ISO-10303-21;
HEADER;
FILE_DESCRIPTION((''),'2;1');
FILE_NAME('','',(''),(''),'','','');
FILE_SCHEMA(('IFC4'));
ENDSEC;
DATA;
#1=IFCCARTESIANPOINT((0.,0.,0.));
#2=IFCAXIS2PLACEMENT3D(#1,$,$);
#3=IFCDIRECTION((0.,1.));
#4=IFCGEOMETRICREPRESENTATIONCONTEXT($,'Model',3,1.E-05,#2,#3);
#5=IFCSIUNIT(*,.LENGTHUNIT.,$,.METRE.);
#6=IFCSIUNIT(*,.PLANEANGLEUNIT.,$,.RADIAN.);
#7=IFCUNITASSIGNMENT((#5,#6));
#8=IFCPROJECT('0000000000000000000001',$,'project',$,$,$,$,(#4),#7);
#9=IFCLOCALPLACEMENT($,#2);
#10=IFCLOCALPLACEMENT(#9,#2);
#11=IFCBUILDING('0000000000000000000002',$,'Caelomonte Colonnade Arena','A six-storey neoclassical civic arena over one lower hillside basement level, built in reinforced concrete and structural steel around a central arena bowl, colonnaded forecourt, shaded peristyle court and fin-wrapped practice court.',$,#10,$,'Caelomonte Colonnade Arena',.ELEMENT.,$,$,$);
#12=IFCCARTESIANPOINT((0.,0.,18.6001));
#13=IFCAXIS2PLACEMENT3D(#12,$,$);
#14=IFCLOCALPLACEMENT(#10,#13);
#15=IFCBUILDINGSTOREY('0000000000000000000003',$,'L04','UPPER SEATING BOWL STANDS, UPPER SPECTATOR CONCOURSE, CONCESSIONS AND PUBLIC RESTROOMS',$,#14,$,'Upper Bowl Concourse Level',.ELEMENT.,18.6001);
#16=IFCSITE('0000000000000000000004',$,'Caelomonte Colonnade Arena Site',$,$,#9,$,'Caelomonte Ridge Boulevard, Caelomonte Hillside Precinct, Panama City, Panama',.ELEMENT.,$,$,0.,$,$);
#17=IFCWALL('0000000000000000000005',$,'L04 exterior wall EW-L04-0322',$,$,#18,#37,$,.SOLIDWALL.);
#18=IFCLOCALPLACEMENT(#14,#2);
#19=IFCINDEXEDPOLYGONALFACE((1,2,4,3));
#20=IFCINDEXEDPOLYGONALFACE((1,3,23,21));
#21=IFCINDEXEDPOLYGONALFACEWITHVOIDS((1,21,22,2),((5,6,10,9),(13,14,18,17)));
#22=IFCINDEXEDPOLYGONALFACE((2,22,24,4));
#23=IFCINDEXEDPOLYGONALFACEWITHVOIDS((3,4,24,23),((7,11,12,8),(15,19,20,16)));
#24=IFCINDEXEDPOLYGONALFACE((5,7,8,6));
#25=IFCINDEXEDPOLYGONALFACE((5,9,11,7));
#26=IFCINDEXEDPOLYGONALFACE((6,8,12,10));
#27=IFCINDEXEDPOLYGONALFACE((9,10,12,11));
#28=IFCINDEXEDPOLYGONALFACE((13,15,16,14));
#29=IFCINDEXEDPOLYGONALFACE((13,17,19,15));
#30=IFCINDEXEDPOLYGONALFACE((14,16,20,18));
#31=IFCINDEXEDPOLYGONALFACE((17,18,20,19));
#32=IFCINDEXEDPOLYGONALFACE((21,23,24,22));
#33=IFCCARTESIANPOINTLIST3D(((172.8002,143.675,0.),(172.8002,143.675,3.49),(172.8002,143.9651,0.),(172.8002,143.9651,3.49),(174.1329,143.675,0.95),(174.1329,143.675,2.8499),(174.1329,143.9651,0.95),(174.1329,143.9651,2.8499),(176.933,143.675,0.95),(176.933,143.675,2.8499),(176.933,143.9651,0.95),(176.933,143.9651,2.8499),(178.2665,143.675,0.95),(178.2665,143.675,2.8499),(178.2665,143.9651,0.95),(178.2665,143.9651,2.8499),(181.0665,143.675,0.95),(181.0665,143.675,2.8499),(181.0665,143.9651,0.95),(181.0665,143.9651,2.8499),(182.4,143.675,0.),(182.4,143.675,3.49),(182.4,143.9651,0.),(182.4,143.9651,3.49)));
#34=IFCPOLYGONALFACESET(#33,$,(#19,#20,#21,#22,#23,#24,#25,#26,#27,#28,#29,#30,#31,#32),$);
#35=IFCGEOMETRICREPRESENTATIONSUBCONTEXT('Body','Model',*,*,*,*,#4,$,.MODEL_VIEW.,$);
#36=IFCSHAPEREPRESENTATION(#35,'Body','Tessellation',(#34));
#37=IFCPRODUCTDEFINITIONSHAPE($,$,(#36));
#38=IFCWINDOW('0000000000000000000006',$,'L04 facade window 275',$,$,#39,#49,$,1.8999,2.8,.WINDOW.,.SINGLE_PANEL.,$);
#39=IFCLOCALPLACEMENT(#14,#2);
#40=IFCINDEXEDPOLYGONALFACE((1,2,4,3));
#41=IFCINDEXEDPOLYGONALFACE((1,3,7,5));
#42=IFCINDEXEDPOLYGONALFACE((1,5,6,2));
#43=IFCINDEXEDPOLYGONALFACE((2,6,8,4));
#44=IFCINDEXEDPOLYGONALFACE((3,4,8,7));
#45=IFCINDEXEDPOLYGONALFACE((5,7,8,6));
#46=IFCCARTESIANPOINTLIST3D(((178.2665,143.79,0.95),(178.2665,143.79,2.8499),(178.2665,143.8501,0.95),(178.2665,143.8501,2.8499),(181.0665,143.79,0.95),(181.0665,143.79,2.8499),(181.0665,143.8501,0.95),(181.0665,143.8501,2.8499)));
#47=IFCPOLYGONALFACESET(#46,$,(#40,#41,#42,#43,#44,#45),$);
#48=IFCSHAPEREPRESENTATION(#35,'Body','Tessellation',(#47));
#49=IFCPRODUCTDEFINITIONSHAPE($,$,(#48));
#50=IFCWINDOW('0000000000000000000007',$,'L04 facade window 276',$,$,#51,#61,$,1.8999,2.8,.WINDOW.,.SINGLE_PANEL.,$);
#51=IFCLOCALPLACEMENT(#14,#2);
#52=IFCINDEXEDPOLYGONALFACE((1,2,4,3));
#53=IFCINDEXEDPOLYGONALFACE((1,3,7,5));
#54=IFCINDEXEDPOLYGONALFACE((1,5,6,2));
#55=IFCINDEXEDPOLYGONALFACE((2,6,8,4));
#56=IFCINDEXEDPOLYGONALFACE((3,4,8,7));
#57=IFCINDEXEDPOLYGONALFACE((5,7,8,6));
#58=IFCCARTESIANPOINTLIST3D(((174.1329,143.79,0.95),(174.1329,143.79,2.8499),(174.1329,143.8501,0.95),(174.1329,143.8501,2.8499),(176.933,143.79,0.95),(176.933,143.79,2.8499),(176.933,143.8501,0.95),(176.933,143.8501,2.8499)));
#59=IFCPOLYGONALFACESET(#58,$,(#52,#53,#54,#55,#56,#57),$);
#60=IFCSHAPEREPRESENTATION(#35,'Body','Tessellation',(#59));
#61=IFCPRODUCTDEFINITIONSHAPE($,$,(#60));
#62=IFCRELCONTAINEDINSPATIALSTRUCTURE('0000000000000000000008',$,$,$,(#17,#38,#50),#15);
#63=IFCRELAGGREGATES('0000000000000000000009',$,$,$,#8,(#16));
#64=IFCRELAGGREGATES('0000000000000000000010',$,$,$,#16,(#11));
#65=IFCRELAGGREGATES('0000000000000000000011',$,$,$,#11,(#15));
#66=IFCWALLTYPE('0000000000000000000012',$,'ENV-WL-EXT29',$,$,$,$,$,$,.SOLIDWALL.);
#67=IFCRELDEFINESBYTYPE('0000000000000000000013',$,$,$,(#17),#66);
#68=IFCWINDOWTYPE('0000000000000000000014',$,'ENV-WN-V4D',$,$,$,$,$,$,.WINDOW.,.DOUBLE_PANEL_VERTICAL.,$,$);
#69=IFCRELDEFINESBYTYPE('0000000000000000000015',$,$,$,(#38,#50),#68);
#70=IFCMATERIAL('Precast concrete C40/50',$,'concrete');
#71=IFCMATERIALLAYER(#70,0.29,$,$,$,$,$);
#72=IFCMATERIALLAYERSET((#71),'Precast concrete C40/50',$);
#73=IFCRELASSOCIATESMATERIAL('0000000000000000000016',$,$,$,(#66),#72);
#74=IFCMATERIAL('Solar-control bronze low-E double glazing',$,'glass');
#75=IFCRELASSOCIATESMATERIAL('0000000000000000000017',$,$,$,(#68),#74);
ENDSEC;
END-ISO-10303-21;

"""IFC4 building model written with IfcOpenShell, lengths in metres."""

from ifc_helpers import new_model, si_unit, direction, frame, frame_2d, origin, place, context, subcontext, project, spatial, rectangle, extrude, material, layer, layer_set, type_object, element, fill, save


model = new_model("IFC4")

# Units and contexts
model_context = context("Model", 3, precision=1e-05, world=origin(), true_north=direction((0.0, 1.0)))
body_context = subcontext(model_context, "Body", "Model", "MODEL_VIEW")
ifc_project = project(units=[si_unit("LENGTHUNIT", "METRE"), si_unit("PLANEANGLEUNIT", "RADIAN")], contexts=[model_context])

# Site, building, storey
site_placement = place(None, origin())
site = spatial("IfcSite", under=ifc_project, at=site_placement, Name="Caelomonte Colonnade Arena Site", LongName="Caelomonte Ridge Boulevard, Caelomonte Hillside Precinct, Panama City, Panama", CompositionType="ELEMENT", RefElevation=0.0)
building_placement = place(site_placement, origin())
building = spatial("IfcBuilding", under=site, at=building_placement, Name="Caelomonte Colonnade Arena", Description="A six-storey neoclassical civic arena over one lower hillside basement level, built in reinforced concrete and structural steel around a central arena bowl, colonnaded forecourt, shaded peristyle court and fin-wrapped practice court.", LongName="Caelomonte Colonnade Arena", CompositionType="ELEMENT")
storey_placement = place(building_placement, frame((0.0, 0.0, 18.6001)))
storey = spatial("IfcBuildingStorey", under=building, at=storey_placement, Name="L04", Description="UPPER SEATING BOWL STANDS, UPPER SPECTATOR CONCOURSE, CONCESSIONS AND PUBLIC RESTROOMS", LongName="Upper Bowl Concourse Level", CompositionType="ELEMENT", Elevation=18.6001)

# Wall, openings, windows
ifc_material_1 = material(Name="Precast concrete C40/50", Category="concrete")
ifc_layer = layer(ifc_material_1, 0.29)
ifc_layer_set = layer_set([ifc_layer], Name="Precast concrete C40/50")
wall_type = type_object("IfcWallType", Name="ENV-WL-EXT29", PredefinedType="SOLIDWALL", material=ifc_layer_set)
ifc_material_2 = material(Name="Solar-control bronze low-E double glazing", Category="glass")
window_type = type_object("IfcWindowType", Name="ENV-WN-V4D", PartitioningType="DOUBLE_PANEL_VERTICAL", PredefinedType="WINDOW", material=ifc_material_2)
wall_1_placement = place(storey_placement, frame((182.3999, 143.8201, 0.0), z_axis=(0.0, 0.0, 1.0), x_axis=(-1.0, 0.0, 0.0)))
wall_1 = element("IfcWall", 1, at=wall_1_placement, inside=storey, type_object=wall_type, Name="L04 exterior wall EW-L04-0322", PredefinedType="SOLIDWALL", context=body_context, shape_type="SweptSolid", body=[
    extrude(rectangle(XDim=9.5999, YDim=0.29, at=frame_2d((4.7998, 0.0))), origin(), (0.0, 0.0, 1.0), 3.49),
])
opening_1_placement = place(wall_1_placement, frame((4.1333, 0.0, 0.95), z_axis=(0.0, 0.0, 1.0), x_axis=(-1.0, 0.0, 0.0)))
opening_1 = element("IfcOpeningElement", 2, at=opening_1_placement, cuts=wall_1, PredefinedType="OPENING", context=body_context, shape_type="SweptSolid", body=[
    extrude(rectangle(XDim=2.8, YDim=1.8999, at=frame_2d((1.3999, 0.95))), frame((0.0, 0.155, 0.0), z_axis=(0.0, -1.0, 0.0), x_axis=(1.0, 0.0, 0.0)), (0.0, 0.0, 1.0), 0.3101),
])
opening_2_placement = place(wall_1_placement, frame((8.2668, 0.0, 0.95), z_axis=(0.0, 0.0, 1.0), x_axis=(-1.0, 0.0, 0.0)))
opening_2 = element("IfcOpeningElement", 3, at=opening_2_placement, cuts=wall_1, PredefinedType="OPENING", context=body_context, shape_type="SweptSolid", body=[
    extrude(rectangle(XDim=2.8, YDim=1.8999, at=frame_2d((1.3999, 0.95))), frame((0.0, 0.155, 0.0), z_axis=(0.0, -1.0, 0.0), x_axis=(1.0, 0.0, 0.0)), (0.0, 0.0, 1.0), 0.3101),
])
window_1_placement = place(opening_1_placement, origin())
window_1 = element("IfcWindow", 4, at=window_1_placement, inside=storey, type_object=window_type, Name="L04 facade window 275", OverallHeight=1.8999, OverallWidth=2.8, PartitioningType="SINGLE_PANEL", PredefinedType="WINDOW", context=body_context, shape_type="SweptSolid", body=[
    extrude(rectangle(XDim=2.8, YDim=1.8999, at=frame_2d((1.3999, 0.95))), frame((0.0, 0.03, 0.0), z_axis=(0.0, -1.0, 0.0), x_axis=(1.0, 0.0, 0.0)), (0.0, 0.0, 1.0), 0.0601),
])
fill(opening_1, window_1)
window_2_placement = place(opening_2_placement, origin())
window_2 = element("IfcWindow", 5, at=window_2_placement, inside=storey, type_object=window_type, Name="L04 facade window 276", OverallHeight=1.8999, OverallWidth=2.8, PartitioningType="SINGLE_PANEL", PredefinedType="WINDOW", context=body_context, shape_type="SweptSolid", body=[
    extrude(rectangle(XDim=2.8, YDim=1.8999, at=frame_2d((1.3999, 0.95))), frame((0.0, 0.03, 0.0), z_axis=(0.0, -1.0, 0.0), x_axis=(1.0, 0.0, 0.0)), (0.0, 0.0, 1.0), 0.0601),
])
fill(opening_2, window_2)

save(model, "model.ifc")
